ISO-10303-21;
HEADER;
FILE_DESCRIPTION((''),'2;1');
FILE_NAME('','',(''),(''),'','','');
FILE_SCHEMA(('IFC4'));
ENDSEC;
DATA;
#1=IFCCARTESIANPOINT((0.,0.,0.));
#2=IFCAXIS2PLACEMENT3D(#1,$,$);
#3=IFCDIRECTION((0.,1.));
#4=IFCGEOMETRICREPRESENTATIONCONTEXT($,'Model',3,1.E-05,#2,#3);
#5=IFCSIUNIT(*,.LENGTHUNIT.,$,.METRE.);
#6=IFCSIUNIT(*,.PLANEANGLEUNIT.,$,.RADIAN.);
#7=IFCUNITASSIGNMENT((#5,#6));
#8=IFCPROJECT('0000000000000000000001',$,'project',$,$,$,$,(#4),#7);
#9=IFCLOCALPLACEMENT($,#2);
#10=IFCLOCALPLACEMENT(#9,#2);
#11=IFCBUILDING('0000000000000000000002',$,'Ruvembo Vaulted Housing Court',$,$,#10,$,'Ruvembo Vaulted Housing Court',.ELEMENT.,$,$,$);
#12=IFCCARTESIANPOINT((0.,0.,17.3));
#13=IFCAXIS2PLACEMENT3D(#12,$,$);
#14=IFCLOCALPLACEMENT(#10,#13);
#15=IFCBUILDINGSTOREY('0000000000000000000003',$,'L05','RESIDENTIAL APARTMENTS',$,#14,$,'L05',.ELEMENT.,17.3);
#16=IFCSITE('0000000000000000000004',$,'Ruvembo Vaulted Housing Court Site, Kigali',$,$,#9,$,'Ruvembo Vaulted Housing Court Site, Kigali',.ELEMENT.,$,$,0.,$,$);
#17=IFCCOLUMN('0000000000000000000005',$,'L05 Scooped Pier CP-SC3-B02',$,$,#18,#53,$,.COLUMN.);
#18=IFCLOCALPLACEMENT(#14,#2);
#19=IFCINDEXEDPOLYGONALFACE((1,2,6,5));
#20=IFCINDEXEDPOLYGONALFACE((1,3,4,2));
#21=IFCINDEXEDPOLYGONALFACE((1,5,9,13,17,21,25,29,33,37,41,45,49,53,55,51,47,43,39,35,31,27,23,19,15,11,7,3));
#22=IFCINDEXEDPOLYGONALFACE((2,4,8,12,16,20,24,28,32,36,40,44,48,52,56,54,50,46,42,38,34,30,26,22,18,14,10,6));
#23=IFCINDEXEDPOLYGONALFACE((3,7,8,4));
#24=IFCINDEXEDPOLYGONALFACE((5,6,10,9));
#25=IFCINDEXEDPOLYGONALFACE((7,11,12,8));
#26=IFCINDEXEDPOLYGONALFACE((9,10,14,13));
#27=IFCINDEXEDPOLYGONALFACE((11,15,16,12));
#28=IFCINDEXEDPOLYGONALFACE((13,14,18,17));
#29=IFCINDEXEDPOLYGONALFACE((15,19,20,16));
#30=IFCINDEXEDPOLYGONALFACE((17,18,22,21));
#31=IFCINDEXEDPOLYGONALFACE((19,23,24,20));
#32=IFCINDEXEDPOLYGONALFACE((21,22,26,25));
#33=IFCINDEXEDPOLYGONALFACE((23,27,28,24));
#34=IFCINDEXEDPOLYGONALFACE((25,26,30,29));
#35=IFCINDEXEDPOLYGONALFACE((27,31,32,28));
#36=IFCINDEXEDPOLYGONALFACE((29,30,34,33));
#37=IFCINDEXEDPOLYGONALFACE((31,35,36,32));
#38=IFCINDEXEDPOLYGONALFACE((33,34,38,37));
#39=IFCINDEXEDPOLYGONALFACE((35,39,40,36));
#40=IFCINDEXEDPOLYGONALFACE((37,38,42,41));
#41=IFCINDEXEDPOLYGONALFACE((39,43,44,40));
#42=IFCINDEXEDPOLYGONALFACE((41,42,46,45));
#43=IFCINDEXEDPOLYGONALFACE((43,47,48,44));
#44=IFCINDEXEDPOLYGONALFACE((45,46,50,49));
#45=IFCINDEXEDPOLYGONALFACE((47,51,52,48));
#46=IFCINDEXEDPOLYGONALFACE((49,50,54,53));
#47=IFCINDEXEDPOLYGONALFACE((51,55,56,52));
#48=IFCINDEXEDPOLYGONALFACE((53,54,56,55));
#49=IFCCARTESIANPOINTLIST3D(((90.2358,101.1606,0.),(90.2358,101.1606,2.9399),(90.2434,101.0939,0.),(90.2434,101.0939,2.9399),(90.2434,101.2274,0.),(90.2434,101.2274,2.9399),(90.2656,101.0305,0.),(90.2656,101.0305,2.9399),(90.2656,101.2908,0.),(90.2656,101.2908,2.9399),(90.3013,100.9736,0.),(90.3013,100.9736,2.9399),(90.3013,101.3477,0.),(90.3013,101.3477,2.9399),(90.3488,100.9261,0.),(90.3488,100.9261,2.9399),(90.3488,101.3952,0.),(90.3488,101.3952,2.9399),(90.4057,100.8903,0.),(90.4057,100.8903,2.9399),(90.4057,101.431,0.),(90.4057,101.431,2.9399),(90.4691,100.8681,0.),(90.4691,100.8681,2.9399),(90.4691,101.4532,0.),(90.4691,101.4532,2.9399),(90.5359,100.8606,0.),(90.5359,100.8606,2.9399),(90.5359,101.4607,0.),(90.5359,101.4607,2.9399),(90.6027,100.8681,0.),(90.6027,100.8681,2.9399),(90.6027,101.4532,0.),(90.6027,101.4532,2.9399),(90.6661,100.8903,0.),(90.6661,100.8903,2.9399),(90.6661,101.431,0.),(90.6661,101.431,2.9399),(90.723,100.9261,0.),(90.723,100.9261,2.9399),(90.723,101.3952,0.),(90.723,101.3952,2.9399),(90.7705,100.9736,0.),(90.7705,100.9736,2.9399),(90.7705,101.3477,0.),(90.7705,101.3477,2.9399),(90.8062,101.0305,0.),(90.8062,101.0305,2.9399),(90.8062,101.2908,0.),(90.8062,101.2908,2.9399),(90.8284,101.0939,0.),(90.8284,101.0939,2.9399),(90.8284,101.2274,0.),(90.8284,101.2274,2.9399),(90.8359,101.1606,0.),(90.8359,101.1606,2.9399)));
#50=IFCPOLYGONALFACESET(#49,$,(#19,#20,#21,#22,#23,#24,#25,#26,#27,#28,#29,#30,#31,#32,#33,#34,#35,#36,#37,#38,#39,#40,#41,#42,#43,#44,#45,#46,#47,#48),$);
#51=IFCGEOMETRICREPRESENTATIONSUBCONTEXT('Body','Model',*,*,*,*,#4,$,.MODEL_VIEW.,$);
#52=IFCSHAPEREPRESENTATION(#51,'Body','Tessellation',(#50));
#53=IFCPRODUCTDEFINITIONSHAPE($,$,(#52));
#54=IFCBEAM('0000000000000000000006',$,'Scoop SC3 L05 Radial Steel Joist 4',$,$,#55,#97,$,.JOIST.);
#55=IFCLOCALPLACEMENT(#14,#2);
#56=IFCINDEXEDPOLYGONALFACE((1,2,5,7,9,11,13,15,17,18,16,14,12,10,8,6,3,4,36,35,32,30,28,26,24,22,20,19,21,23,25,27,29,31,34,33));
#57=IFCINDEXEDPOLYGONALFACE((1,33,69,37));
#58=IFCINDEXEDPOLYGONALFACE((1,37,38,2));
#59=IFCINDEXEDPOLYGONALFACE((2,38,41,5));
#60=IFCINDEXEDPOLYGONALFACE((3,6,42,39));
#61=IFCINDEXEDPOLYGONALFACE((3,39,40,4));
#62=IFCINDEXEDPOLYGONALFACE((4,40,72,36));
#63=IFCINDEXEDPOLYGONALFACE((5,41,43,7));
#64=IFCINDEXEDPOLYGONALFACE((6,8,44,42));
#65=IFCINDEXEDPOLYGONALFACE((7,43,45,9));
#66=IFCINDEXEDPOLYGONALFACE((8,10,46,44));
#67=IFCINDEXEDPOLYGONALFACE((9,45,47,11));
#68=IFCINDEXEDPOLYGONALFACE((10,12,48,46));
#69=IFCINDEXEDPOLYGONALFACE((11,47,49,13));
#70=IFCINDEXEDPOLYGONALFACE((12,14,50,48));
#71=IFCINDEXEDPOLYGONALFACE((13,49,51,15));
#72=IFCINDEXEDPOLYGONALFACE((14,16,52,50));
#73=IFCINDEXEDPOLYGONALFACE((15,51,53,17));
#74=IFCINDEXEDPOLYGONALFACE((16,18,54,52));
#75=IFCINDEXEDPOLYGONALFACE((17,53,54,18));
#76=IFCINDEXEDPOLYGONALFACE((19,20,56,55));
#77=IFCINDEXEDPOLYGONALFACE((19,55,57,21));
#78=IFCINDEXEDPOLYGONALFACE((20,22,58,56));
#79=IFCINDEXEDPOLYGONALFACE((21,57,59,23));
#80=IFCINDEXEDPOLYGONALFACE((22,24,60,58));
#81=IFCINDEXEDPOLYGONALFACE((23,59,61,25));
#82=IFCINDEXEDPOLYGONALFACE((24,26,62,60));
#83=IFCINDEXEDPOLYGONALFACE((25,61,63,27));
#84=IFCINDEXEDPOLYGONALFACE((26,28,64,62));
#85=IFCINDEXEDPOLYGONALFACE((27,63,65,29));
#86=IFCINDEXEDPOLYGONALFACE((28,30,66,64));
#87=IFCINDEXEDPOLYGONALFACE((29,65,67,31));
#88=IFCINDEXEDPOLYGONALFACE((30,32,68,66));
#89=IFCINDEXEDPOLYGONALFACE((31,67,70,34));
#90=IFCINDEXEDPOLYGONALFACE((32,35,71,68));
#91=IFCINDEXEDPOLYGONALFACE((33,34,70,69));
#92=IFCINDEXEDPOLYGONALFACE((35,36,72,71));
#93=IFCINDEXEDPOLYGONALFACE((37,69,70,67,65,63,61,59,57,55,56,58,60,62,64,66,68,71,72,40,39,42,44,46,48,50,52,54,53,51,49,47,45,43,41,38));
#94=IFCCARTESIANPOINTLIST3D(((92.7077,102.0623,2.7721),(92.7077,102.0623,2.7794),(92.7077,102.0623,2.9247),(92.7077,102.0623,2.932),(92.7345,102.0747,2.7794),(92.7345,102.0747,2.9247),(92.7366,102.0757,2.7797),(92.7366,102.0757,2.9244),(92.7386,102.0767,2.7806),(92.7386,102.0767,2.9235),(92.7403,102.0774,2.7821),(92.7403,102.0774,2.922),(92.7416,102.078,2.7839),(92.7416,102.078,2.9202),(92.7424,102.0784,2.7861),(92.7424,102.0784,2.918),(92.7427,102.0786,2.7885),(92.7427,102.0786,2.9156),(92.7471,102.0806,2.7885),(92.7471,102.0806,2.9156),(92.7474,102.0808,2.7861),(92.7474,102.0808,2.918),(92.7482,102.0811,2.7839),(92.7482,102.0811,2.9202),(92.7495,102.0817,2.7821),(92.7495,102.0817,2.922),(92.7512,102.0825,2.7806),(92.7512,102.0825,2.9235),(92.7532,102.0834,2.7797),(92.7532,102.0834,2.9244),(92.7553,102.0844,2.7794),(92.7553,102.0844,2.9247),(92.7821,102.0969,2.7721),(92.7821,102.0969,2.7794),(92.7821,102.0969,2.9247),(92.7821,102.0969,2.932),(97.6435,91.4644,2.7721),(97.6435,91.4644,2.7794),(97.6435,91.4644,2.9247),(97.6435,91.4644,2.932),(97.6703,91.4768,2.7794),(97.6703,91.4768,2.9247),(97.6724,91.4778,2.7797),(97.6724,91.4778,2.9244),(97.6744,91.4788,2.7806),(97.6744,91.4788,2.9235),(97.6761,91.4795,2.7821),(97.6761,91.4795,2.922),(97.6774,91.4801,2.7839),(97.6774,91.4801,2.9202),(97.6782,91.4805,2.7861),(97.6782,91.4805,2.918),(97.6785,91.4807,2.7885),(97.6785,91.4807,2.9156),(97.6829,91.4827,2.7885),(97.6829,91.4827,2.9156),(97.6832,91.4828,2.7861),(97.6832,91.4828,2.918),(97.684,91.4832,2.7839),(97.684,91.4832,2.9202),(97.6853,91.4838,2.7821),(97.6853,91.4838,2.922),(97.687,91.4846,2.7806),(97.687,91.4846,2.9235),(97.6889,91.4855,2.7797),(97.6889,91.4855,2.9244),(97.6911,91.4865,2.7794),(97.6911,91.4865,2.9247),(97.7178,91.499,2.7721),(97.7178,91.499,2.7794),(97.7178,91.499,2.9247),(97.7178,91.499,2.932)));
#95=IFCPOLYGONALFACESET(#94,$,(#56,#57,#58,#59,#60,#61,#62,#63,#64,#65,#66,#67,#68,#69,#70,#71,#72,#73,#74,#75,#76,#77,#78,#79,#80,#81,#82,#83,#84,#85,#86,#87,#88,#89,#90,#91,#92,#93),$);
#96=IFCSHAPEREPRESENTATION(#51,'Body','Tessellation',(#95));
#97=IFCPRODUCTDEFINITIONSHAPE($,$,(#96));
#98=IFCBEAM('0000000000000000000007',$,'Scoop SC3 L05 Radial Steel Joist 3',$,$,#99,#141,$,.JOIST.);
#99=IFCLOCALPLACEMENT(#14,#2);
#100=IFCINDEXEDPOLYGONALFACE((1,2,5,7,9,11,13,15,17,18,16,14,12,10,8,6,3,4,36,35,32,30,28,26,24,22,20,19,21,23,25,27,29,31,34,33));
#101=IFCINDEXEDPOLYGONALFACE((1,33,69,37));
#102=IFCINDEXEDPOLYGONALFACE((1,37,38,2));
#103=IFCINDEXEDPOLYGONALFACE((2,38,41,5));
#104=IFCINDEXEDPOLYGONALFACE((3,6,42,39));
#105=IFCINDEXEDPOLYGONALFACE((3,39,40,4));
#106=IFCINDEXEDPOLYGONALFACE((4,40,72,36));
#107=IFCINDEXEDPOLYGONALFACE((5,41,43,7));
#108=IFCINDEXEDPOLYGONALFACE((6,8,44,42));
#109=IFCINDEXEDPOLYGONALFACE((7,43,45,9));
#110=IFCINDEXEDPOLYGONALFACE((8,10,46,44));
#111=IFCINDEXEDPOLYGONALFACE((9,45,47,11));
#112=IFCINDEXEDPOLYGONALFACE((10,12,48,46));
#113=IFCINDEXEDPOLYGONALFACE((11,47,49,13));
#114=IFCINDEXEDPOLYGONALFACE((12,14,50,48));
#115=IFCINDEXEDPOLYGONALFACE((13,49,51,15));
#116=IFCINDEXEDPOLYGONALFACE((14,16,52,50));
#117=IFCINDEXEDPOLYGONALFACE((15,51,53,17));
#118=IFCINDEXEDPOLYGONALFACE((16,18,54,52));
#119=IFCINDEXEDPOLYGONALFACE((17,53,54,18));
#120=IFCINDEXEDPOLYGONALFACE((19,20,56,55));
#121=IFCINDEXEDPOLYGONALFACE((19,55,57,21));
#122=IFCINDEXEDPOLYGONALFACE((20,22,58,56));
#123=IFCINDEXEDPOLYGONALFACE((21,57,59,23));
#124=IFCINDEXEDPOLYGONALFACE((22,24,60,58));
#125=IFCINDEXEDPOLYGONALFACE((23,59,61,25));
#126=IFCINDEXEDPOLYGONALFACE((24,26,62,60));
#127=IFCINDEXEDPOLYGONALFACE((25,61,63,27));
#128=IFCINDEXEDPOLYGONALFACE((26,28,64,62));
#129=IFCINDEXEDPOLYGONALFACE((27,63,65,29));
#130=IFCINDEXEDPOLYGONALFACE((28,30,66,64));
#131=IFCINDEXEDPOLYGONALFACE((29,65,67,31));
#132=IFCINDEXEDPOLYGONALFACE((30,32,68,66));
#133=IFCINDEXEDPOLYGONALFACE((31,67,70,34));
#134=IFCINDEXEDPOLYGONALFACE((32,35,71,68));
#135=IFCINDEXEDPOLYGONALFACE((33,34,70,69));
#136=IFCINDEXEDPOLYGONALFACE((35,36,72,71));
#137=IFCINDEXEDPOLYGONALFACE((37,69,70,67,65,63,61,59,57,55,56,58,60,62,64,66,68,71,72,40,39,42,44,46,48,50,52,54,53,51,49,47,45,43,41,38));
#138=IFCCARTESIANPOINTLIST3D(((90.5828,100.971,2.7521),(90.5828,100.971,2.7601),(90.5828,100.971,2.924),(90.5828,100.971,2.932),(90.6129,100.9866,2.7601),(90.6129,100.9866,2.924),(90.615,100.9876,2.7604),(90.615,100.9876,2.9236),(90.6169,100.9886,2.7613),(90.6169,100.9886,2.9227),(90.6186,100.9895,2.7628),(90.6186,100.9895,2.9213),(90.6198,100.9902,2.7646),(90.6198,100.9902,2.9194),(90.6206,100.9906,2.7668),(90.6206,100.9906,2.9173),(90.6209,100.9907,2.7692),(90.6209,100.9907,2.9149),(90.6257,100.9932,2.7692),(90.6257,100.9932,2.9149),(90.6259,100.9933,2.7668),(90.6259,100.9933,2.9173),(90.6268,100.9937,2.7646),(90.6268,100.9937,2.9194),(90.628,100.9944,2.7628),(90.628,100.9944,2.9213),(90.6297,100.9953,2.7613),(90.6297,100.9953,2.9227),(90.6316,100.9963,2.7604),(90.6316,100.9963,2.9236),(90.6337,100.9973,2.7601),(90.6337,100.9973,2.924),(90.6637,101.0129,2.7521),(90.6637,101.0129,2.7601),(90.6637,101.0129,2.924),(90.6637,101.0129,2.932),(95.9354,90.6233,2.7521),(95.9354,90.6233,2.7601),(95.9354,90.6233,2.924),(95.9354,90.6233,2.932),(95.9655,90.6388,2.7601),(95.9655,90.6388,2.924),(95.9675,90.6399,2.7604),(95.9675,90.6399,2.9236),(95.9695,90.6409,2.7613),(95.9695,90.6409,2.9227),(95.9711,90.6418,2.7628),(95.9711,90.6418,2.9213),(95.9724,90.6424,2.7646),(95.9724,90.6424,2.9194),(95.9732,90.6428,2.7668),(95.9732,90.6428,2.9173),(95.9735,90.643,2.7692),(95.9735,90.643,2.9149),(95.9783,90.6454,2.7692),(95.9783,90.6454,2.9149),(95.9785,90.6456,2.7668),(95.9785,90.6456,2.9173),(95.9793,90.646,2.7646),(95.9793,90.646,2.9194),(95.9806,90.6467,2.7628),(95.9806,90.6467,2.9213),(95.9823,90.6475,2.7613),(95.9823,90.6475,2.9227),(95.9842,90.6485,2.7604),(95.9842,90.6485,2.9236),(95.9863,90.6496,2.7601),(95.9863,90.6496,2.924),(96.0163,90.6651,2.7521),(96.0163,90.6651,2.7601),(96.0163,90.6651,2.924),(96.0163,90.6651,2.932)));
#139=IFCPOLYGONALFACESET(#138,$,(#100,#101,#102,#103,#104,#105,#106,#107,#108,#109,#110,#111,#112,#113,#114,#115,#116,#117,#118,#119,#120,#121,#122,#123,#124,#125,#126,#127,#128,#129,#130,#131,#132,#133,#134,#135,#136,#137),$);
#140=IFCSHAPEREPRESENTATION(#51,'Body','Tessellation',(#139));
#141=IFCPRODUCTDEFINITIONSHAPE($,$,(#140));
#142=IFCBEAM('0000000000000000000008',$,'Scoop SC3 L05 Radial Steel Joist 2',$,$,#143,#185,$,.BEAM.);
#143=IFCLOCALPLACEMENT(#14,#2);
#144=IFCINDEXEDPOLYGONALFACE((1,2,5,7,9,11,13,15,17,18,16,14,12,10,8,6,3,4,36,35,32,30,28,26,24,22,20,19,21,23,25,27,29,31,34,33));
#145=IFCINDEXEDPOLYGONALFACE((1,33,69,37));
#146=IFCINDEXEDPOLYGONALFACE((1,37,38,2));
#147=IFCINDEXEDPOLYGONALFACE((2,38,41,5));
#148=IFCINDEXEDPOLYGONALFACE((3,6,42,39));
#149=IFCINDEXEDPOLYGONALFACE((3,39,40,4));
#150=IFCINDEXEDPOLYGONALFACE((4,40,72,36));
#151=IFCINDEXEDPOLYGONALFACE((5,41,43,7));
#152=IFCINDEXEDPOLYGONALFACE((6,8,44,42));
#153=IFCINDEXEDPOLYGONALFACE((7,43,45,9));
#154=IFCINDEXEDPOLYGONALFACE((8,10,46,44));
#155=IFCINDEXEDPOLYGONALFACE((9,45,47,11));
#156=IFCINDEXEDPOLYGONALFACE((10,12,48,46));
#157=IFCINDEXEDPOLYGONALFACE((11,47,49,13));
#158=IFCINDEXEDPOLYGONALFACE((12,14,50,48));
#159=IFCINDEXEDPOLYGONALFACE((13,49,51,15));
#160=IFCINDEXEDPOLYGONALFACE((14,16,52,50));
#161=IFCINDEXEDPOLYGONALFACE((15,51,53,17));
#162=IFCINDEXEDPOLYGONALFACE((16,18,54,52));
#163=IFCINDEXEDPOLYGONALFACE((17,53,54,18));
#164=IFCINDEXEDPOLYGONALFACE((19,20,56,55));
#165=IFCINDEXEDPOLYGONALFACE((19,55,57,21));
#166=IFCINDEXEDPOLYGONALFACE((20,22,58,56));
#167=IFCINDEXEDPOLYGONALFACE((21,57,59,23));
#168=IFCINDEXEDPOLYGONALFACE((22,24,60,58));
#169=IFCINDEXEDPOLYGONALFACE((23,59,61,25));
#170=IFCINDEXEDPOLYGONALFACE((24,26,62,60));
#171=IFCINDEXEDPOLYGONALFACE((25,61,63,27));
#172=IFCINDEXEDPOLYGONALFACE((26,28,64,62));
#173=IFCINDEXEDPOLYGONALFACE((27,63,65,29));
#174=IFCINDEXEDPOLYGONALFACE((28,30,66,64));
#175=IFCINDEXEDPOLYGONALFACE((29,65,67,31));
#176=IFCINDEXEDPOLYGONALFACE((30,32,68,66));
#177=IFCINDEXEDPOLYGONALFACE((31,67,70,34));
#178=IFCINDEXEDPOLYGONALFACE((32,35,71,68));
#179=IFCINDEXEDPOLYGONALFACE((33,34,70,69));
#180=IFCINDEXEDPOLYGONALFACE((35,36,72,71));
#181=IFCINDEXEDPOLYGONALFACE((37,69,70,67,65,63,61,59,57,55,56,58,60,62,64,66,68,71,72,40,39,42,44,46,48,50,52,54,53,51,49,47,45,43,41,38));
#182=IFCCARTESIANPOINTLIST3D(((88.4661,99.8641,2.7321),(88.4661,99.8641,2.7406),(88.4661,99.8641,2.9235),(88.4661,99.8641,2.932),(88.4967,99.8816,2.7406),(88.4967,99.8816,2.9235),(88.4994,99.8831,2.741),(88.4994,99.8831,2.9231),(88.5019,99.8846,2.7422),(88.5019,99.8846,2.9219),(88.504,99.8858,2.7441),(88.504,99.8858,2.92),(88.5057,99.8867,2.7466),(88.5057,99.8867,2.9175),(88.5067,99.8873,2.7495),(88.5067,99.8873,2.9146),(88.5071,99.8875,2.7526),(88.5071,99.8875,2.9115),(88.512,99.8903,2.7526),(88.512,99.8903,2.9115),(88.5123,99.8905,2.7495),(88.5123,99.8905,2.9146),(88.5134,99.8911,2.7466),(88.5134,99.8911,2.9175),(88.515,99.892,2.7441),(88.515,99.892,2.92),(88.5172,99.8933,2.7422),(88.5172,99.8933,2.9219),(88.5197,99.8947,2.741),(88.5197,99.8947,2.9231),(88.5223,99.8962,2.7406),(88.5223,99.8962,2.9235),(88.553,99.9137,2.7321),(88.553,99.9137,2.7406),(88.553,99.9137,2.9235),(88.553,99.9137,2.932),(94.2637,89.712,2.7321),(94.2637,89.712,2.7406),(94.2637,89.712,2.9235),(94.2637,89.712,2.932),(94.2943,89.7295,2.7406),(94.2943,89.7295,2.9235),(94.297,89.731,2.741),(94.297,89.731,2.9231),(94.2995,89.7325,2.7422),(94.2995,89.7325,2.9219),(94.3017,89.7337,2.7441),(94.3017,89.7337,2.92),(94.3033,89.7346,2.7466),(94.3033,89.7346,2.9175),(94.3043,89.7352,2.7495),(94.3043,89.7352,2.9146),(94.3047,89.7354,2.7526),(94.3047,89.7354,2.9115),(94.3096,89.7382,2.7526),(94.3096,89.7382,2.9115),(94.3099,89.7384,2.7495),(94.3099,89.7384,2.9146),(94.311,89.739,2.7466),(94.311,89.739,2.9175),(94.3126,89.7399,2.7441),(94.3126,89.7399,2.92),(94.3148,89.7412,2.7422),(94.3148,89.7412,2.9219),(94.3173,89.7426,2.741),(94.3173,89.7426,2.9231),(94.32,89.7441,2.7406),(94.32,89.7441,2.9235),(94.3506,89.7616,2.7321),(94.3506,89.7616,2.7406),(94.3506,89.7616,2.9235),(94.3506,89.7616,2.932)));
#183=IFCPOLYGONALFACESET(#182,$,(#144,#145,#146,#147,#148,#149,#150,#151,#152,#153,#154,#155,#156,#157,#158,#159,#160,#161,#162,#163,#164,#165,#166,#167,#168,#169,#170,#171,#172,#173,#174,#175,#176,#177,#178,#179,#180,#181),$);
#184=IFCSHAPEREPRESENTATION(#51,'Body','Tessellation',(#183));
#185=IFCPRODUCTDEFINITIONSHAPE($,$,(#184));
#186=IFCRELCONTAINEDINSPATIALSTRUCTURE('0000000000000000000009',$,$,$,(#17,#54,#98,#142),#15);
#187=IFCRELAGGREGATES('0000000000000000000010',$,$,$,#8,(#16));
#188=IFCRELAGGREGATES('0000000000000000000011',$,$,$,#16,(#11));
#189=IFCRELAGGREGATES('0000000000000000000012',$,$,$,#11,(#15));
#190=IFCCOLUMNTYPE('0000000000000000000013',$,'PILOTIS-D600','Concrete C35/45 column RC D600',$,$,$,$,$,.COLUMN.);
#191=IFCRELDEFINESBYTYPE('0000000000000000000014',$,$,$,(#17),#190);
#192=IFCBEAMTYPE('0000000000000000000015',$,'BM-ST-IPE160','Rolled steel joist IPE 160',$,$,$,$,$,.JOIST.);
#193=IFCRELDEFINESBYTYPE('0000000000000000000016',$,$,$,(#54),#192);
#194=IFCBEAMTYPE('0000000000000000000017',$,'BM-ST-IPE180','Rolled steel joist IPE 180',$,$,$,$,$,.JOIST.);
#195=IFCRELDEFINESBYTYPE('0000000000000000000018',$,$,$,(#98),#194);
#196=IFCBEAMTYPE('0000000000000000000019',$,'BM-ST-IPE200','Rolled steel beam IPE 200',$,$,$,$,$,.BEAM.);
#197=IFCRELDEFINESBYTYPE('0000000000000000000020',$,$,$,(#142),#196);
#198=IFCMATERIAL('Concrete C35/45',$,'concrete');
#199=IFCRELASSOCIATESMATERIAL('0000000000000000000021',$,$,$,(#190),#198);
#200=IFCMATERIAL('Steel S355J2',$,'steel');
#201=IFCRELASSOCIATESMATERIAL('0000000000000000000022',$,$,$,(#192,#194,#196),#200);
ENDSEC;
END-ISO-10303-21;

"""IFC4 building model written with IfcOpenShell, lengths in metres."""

from ifc_helpers import new_model, si_unit, direction, frame, origin, origin_2d, place, context, subcontext, project, spatial, circle, i_section, extrude, material, material_profile, profile_set, type_object, element, save


model = new_model("IFC4")

# Units and contexts
model_context = context("Model", 3, precision=1e-05, world=origin(), true_north=direction((0.0, 1.0)))
body_context = subcontext(model_context, "Body", "Model", "MODEL_VIEW")
ifc_project = project(units=[si_unit("LENGTHUNIT", "METRE"), si_unit("PLANEANGLEUNIT", "RADIAN")], contexts=[model_context])

# Site, building, storey
site_placement = place(None, origin())
site = spatial("IfcSite", under=ifc_project, at=site_placement, Name="Ruvembo Vaulted Housing Court Site, Kigali", LongName="Ruvembo Vaulted Housing Court Site, Kigali", CompositionType="ELEMENT", RefElevation=0.0)
building_placement = place(site_placement, origin())
building = spatial("IfcBuilding", under=site, at=building_placement, Name="Ruvembo Vaulted Housing Court", LongName="Ruvembo Vaulted Housing Court", CompositionType="ELEMENT")
storey_placement = place(building_placement, frame((0.0, 0.0, 17.3)))
storey = spatial("IfcBuildingStorey", under=building, at=storey_placement, Name="L05", Description="RESIDENTIAL APARTMENTS", LongName="L05", CompositionType="ELEMENT", Elevation=17.3)

# Column
ifc_material_1 = material(Name="Concrete C35/45", Category="concrete")
ifc_material_profile_1 = material_profile(ifc_material_1, circle(Radius=0.3, at=origin_2d()), Name="RC D600")
ifc_profile_set_1 = profile_set([ifc_material_profile_1], Name="Concrete C35/45")
column_type = type_object("IfcColumnType", Name="PILOTIS-D600", Description="Concrete C35/45 column RC D600", PredefinedType="COLUMN", material=ifc_profile_set_1)
column_placement = place(storey_placement, frame((90.5359, 101.1606, 0.0), z_axis=(0.0, 0.0, 1.0), x_axis=(1.0, 0.0, 0.0)))
element("IfcColumn", 1, at=column_placement, inside=storey, type_object=column_type, Name="L05 Scooped Pier CP-SC3-B02", PredefinedType="COLUMN", context=body_context, shape_type="SweptSolid", body=[
    extrude(circle(Radius=0.3, at=origin_2d()), origin(), (0.0, 0.0, 1.0), 2.9399),
])

# Beams
ifc_material_2 = material(Name="Steel S355J2", Category="steel")
ifc_material_profile_2 = material_profile(ifc_material_2, i_section(OverallWidth=0.082, OverallDepth=0.1599, WebThickness=0.0049, FlangeThickness=0.0073, FilletRadius=0.009, at=origin_2d()), Name="IPE 160")
ifc_profile_set_2 = profile_set([ifc_material_profile_2], Name="Steel S355J2")
beam_type_1 = type_object("IfcBeamType", Name="BM-ST-IPE160", Description="Rolled steel joist IPE 160", PredefinedType="JOIST", material=ifc_profile_set_2)
beam_1_placement = place(storey_placement, frame((92.7449, 102.0796, 2.8521), z_axis=(0.42219, -0.906507, 0.0), x_axis=(0.906507, 0.42219, 0.0)))
element("IfcBeam", 2, at=beam_1_placement, inside=storey, type_object=beam_type_1, Name="Scoop SC3 L05 Radial Steel Joist 4", PredefinedType="JOIST", context=body_context, shape_type="SweptSolid", body=[
    extrude(i_section(OverallWidth=0.082, OverallDepth=0.1599, WebThickness=0.0049, FlangeThickness=0.0073, FilletRadius=0.009, at=origin_2d()), origin(), (0.0, 0.0, 1.0), 11.6909),
])
ifc_material_profile_3 = material_profile(ifc_material_2, i_section(OverallWidth=0.0911, OverallDepth=0.1799, WebThickness=0.0054, FlangeThickness=0.0081, FilletRadius=0.009, at=origin_2d()), Name="IPE 180")
ifc_profile_set_3 = profile_set([ifc_material_profile_3], Name="Steel S355J2")
beam_type_2 = type_object("IfcBeamType", Name="BM-ST-IPE180", Description="Rolled steel joist IPE 180", PredefinedType="JOIST", material=ifc_profile_set_3)
beam_2_placement = place(storey_placement, frame((90.6233, 100.9919, 2.842), z_axis=(0.459443, -0.888207, 0.0), x_axis=(0.888207, 0.459443, 0.0)))
element("IfcBeam", 3, at=beam_2_placement, inside=storey, type_object=beam_type_2, Name="Scoop SC3 L05 Radial Steel Joist 3", PredefinedType="JOIST", context=body_context, shape_type="SweptSolid", body=[
    extrude(i_section(OverallWidth=0.0911, OverallDepth=0.1799, WebThickness=0.0054, FlangeThickness=0.0081, FilletRadius=0.009, at=origin_2d()), origin(), (0.0, 0.0, 1.0), 11.6501),
])
ifc_material_profile_4 = material_profile(ifc_material_2, i_section(OverallWidth=0.1001, OverallDepth=0.2, WebThickness=0.0056, FlangeThickness=0.0085, FilletRadius=0.012, at=origin_2d()), Name="IPE 200")
ifc_profile_set_4 = profile_set([ifc_material_profile_4], Name="Steel S355J2")
beam_type_3 = type_object("IfcBeamType", Name="BM-ST-IPE200", Description="Rolled steel beam IPE 200", PredefinedType="BEAM", material=ifc_profile_set_4)
beam_3_placement = place(storey_placement, frame((88.5095, 99.8889, 2.832), z_axis=(0.495907, -0.868375, 0.0), x_axis=(0.868375, 0.495907, 0.0)))
element("IfcBeam", 4, at=beam_3_placement, inside=storey, type_object=beam_type_3, Name="Scoop SC3 L05 Radial Steel Joist 2", PredefinedType="BEAM", context=body_context, shape_type="SweptSolid", body=[
    extrude(i_section(OverallWidth=0.1001, OverallDepth=0.2, WebThickness=0.0056, FlangeThickness=0.0085, FilletRadius=0.012, at=origin_2d()), origin(), (0.0, 0.0, 1.0), 11.6909),
])

save(model, "model.ifc")
